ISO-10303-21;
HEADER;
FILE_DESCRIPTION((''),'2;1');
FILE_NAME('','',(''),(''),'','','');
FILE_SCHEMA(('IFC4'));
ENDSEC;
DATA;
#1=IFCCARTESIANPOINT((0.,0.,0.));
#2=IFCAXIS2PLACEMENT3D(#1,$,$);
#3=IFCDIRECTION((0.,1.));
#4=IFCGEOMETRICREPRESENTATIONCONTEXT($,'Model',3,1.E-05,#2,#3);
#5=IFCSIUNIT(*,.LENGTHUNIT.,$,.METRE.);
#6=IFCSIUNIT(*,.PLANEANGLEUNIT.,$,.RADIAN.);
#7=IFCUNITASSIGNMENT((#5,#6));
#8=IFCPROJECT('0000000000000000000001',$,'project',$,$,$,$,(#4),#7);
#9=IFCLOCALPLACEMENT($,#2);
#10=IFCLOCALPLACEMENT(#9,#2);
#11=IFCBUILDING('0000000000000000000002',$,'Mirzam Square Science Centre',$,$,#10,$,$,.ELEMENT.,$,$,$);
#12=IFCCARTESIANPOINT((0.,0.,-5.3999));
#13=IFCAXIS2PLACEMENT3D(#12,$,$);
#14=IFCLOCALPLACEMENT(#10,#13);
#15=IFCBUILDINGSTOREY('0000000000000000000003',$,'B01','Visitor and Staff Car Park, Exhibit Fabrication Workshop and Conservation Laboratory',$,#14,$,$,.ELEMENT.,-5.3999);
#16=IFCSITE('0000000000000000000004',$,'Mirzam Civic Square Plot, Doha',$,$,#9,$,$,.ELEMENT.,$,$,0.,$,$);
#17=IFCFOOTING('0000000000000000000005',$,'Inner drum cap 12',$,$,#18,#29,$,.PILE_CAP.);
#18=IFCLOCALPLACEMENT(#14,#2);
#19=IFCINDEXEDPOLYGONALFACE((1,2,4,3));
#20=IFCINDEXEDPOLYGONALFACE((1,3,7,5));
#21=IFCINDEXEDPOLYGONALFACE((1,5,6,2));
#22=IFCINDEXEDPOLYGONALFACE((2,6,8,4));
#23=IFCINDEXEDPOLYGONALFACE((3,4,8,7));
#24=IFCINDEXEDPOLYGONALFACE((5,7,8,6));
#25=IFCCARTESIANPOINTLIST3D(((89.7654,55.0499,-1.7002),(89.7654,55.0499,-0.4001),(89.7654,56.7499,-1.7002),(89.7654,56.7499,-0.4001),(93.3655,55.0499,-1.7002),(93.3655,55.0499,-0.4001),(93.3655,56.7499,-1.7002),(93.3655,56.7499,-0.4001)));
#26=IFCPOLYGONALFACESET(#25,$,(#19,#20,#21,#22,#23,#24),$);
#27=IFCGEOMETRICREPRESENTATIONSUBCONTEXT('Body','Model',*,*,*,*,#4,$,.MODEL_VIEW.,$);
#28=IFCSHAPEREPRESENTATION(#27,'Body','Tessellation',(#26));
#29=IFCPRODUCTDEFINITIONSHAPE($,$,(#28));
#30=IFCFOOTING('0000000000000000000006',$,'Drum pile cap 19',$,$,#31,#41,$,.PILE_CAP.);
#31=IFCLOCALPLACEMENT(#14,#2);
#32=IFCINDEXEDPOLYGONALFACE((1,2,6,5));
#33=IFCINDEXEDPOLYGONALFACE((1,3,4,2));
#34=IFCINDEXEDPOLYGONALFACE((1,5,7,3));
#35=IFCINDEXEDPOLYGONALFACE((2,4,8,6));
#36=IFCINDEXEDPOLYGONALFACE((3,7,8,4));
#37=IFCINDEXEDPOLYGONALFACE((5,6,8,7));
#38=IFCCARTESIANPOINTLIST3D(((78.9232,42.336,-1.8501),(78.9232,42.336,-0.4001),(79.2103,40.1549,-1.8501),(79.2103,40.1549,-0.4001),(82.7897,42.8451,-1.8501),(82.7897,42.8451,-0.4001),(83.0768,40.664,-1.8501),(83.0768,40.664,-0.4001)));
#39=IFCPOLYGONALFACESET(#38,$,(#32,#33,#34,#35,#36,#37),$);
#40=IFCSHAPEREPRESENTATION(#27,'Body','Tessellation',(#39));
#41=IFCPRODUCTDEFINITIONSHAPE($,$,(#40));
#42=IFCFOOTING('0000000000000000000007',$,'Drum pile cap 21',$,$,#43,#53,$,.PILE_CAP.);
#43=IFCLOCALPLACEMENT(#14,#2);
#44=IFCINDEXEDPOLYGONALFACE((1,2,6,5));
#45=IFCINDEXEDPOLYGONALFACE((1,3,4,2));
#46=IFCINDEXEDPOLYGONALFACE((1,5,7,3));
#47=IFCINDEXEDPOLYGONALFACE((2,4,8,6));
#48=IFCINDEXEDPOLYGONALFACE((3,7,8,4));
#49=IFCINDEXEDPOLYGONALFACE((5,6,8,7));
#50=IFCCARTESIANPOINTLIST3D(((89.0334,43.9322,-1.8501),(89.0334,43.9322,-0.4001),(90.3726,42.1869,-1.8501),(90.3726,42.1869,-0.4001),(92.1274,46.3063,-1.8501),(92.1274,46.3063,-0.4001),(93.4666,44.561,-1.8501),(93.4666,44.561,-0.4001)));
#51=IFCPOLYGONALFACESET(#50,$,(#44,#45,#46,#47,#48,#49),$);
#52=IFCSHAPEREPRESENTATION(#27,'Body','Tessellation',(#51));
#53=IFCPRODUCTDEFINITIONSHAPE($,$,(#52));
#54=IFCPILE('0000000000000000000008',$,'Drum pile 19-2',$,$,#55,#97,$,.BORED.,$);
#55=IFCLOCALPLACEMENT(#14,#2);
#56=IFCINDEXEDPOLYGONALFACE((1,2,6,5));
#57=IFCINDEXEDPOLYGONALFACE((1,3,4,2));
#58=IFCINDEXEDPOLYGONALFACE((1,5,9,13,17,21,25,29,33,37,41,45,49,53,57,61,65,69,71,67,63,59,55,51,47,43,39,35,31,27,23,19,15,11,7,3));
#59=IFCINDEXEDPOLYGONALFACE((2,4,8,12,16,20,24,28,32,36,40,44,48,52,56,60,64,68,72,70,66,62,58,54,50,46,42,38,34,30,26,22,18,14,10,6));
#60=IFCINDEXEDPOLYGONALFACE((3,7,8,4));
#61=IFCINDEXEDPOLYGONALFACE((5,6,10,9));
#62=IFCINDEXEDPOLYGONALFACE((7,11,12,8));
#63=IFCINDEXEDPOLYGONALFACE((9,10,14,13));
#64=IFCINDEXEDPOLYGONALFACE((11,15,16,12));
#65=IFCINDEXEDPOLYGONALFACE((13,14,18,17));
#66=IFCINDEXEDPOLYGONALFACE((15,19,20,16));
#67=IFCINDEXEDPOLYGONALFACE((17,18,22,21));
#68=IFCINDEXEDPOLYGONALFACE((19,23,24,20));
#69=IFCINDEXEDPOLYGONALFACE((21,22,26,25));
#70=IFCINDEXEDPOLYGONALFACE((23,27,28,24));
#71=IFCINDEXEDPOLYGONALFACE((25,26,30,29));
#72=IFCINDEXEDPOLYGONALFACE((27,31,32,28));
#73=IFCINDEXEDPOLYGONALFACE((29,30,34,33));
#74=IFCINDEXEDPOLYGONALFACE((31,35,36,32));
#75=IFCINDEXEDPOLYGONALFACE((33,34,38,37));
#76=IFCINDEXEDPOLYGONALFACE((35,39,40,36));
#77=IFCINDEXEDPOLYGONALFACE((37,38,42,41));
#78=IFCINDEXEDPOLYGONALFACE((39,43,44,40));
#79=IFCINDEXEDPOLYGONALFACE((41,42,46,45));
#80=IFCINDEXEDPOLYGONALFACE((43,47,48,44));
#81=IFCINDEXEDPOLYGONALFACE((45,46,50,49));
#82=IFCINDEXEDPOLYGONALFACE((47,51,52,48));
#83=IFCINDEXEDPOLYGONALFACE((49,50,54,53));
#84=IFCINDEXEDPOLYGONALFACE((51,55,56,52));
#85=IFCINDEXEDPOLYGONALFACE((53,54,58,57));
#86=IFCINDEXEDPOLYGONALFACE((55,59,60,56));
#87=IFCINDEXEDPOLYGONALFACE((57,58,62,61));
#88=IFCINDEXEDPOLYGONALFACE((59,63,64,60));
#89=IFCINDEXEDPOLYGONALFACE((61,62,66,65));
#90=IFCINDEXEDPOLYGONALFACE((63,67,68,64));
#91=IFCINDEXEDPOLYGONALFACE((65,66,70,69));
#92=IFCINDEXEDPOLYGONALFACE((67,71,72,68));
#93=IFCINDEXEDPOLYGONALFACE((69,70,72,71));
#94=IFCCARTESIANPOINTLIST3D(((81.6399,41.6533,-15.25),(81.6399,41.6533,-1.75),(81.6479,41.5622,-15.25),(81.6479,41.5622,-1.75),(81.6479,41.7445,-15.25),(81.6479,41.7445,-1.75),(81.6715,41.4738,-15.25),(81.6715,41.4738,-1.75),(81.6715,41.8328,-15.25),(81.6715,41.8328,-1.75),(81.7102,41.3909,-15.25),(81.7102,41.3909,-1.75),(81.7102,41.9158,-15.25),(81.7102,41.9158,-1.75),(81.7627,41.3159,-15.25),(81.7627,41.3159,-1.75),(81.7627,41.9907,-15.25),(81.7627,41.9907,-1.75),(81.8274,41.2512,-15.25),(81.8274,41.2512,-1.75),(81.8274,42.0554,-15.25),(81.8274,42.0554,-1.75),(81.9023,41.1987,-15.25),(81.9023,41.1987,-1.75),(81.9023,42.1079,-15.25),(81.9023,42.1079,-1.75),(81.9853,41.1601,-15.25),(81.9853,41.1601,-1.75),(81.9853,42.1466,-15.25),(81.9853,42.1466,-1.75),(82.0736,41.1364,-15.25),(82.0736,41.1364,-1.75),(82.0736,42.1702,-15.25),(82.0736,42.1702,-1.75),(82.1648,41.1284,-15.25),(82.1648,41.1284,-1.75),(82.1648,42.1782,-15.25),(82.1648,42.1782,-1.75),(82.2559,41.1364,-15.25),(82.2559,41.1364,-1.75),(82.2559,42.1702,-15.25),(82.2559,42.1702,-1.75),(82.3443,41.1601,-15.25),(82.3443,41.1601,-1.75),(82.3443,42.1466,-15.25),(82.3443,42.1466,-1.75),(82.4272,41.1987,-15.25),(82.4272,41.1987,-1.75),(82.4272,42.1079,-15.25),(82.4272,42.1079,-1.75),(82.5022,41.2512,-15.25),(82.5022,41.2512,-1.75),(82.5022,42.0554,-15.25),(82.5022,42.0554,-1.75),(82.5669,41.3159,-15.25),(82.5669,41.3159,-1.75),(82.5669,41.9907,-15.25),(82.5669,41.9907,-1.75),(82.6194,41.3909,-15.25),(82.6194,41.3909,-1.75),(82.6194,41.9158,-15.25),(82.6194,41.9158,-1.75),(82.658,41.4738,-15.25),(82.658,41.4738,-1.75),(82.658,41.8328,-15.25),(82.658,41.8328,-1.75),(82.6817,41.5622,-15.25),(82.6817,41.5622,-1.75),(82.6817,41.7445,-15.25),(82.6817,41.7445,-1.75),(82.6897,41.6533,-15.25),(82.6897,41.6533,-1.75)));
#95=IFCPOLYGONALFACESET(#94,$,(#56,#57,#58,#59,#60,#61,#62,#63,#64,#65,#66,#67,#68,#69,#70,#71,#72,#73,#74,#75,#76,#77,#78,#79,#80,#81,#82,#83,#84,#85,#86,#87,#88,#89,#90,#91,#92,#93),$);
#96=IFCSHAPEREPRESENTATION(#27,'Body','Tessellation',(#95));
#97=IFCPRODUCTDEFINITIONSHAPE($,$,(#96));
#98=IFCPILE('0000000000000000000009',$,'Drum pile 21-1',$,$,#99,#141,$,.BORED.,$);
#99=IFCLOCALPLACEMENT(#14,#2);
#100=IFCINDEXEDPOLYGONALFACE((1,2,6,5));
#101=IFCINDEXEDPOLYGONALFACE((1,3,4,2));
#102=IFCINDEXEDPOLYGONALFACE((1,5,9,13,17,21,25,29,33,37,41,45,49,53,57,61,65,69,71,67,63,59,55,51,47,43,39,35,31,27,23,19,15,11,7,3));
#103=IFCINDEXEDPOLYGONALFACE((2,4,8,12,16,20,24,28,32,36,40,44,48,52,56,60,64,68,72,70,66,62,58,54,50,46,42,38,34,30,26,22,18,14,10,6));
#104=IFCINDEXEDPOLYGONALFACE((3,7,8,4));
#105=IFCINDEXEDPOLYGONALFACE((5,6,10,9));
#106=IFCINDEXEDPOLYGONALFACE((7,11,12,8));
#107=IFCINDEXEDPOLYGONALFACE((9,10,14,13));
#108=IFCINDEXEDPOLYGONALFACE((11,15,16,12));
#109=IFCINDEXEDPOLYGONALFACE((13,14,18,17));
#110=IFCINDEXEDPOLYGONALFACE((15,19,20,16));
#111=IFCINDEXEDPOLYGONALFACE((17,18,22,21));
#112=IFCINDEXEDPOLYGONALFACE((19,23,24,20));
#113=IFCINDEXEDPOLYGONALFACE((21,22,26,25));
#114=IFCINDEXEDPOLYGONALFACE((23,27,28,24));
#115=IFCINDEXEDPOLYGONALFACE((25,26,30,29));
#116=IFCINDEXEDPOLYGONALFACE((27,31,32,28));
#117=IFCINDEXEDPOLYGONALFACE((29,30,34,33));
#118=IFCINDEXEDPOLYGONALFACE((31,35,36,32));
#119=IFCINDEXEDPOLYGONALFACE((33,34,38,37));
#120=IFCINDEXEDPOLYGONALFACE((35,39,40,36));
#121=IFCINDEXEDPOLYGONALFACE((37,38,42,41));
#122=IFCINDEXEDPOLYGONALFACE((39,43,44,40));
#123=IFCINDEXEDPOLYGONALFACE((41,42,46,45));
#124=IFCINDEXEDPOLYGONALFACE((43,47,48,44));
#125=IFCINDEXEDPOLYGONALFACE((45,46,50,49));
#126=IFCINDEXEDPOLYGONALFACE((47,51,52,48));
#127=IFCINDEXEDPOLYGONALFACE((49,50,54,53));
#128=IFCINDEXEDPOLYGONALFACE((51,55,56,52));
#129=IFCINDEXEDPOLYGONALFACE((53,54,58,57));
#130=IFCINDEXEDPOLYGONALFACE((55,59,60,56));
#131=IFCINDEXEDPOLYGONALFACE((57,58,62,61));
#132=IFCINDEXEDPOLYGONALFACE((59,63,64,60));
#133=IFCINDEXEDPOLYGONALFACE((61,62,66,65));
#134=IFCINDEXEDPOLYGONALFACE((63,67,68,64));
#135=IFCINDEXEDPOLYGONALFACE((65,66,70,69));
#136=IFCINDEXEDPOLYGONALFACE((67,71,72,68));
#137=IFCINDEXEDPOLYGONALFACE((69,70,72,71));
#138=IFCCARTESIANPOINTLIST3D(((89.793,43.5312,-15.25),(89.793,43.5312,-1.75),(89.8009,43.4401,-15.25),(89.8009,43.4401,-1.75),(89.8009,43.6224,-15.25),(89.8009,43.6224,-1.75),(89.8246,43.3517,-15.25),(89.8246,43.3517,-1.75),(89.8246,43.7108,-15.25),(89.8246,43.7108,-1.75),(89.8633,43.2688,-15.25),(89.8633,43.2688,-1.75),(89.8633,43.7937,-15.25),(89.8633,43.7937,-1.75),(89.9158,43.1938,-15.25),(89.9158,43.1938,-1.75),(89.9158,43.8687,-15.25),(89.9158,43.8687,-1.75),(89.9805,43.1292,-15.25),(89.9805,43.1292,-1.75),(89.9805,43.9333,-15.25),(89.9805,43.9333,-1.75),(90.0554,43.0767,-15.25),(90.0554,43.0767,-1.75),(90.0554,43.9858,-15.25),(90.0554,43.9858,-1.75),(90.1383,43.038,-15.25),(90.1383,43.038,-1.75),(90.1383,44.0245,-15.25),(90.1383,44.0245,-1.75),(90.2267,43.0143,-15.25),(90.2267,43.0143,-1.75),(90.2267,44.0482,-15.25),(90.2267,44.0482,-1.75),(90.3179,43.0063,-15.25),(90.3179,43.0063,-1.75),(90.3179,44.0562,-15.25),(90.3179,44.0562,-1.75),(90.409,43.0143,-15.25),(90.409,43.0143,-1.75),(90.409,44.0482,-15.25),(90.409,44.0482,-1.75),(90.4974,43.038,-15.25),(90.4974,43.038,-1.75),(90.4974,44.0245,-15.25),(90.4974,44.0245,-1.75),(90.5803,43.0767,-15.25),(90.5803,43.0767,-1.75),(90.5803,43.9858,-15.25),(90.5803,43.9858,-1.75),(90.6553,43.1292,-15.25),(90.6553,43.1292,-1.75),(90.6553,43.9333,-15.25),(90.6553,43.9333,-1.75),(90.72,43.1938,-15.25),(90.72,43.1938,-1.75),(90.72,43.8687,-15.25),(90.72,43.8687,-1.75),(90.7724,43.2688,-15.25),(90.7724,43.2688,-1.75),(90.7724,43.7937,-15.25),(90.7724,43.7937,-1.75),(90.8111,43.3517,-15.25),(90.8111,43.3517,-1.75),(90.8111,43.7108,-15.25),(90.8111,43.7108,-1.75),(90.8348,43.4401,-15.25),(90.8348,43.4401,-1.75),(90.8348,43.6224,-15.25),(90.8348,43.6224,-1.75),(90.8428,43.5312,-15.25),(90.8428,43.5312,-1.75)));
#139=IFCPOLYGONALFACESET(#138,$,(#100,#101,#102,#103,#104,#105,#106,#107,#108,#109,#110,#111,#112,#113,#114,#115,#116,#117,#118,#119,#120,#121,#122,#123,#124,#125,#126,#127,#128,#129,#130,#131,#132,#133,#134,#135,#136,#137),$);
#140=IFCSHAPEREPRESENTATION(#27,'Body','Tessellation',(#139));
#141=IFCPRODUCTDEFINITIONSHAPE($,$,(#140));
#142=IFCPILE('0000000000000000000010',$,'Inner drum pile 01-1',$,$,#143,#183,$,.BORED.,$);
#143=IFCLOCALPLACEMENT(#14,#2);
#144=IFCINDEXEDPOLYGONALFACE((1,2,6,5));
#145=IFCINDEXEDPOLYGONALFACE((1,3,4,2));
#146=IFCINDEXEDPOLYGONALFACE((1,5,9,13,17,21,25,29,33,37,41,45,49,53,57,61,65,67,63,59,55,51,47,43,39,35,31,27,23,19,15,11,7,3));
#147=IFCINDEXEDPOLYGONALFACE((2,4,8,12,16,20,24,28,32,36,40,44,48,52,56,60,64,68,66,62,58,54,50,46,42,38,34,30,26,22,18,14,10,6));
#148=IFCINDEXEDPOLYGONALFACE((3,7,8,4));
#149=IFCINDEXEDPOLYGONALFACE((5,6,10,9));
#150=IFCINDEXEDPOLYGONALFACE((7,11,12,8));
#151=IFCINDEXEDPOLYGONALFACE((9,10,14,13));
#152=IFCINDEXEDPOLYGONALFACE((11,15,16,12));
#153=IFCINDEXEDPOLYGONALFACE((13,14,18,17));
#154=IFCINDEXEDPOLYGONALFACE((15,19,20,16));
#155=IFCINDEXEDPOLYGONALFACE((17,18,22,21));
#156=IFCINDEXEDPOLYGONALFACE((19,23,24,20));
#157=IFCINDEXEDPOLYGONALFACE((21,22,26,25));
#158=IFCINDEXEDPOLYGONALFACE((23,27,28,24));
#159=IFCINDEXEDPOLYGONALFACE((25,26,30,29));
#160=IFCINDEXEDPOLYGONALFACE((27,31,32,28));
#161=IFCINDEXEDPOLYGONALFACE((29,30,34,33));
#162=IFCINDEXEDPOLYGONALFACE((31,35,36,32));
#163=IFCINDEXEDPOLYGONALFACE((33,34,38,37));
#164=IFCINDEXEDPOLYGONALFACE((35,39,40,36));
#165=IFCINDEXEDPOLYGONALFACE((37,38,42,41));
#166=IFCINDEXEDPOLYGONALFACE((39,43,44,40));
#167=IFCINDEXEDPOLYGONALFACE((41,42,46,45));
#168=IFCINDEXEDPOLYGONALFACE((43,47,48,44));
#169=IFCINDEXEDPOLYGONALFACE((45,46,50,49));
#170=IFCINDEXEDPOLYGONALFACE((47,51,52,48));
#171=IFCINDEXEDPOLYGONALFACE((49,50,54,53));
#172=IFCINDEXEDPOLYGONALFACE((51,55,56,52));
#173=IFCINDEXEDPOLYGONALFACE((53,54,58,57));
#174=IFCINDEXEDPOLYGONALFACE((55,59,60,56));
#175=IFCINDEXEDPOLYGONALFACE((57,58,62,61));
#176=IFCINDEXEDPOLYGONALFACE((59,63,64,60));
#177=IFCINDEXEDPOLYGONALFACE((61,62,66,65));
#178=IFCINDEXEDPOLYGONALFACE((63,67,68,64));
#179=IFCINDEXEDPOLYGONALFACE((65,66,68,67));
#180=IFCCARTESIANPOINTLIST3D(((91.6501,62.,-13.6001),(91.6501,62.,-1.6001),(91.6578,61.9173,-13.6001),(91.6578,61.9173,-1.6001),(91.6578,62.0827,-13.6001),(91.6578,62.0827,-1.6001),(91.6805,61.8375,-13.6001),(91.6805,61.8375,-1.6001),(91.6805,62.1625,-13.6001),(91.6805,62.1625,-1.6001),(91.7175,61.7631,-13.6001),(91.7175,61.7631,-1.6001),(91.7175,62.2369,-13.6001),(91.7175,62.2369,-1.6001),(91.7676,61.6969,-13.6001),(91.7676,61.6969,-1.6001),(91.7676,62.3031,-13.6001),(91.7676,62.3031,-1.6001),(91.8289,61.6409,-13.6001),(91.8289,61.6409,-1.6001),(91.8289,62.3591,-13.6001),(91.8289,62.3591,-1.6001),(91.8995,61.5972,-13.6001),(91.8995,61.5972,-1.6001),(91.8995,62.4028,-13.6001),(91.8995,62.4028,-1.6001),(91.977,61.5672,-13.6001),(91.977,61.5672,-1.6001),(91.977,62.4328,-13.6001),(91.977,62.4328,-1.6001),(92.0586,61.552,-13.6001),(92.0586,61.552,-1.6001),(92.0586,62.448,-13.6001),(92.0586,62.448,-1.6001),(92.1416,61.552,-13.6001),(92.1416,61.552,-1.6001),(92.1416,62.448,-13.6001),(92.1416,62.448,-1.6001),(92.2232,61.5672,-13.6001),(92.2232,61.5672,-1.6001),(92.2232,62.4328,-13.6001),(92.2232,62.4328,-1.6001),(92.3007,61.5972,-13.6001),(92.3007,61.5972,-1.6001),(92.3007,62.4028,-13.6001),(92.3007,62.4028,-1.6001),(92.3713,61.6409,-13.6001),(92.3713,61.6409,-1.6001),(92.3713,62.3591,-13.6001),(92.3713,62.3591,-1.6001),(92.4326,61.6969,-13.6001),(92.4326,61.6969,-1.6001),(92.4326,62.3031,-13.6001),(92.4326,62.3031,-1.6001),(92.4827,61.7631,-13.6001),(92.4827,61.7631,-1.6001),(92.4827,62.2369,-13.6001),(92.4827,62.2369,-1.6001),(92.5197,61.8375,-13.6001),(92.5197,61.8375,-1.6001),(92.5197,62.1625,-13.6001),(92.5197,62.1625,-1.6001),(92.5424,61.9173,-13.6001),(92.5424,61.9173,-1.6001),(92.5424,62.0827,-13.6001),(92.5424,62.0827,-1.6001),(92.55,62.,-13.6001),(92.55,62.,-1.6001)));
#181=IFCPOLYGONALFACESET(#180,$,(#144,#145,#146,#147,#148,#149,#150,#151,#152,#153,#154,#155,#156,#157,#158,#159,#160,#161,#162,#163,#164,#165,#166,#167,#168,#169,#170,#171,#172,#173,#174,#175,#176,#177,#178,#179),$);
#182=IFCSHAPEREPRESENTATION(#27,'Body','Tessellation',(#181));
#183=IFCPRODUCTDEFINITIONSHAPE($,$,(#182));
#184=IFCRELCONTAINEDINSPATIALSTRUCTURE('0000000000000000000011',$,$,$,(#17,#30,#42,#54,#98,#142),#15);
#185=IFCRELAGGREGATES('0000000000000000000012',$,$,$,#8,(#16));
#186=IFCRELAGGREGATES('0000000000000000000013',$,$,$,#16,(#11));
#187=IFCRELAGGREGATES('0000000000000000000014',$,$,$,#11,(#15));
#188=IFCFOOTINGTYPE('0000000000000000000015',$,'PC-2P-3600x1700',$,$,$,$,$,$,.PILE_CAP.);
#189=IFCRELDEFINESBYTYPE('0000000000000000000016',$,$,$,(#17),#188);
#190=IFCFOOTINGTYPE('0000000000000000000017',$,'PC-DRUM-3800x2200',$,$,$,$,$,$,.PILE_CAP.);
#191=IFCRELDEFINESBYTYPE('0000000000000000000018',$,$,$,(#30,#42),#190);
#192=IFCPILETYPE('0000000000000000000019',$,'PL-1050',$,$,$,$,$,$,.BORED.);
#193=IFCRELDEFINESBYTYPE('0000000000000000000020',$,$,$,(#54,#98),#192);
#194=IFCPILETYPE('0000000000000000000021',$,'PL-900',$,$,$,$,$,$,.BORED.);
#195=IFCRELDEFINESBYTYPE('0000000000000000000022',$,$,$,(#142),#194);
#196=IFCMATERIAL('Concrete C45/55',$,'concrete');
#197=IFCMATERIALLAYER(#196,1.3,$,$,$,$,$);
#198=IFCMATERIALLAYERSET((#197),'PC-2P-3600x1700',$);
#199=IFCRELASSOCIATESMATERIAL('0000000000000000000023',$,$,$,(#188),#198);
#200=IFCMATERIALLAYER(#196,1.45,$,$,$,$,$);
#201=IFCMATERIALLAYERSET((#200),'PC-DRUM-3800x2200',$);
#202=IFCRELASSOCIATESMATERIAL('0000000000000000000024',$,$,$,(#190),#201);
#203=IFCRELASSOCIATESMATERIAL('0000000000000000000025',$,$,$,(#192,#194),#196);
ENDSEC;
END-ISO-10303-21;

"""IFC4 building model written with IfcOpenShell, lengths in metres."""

from ifc_helpers import new_model, si_unit, direction, frame, origin, origin_2d, place, context, subcontext, project, spatial, rectangle, circle, extrude, material, layer, layer_set, material_profile, profile_set, type_object, element, save


model = new_model("IFC4")

# Units and contexts
model_context = context("Model", 3, precision=1e-05, world=origin(), true_north=direction((0.0, 1.0)))
body_context = subcontext(model_context, "Body", "Model", "MODEL_VIEW")
ifc_project = project(units=[si_unit("LENGTHUNIT", "METRE"), si_unit("PLANEANGLEUNIT", "RADIAN")], contexts=[model_context])

# Site, building, storey
site_placement = place(None, origin())
site = spatial("IfcSite", under=ifc_project, at=site_placement, Name="Mirzam Civic Square Plot, Doha", CompositionType="ELEMENT", RefElevation=0.0)
building_placement = place(site_placement, origin())
building = spatial("IfcBuilding", under=site, at=building_placement, Name="Mirzam Square Science Centre", CompositionType="ELEMENT")
storey_placement = place(building_placement, frame((0.0, 0.0, -5.3999)))
storey = spatial("IfcBuildingStorey", under=building, at=storey_placement, Name="B01", Description="Visitor and Staff Car Park, Exhibit Fabrication Workshop and Conservation Laboratory", CompositionType="ELEMENT", Elevation=-5.3999)

# Footings
ifc_material_1 = material(Name="Concrete C45/55", Category="concrete")
ifc_layer_1 = layer(ifc_material_1, 1.3)
ifc_layer_set_1 = layer_set([ifc_layer_1], Name="PC-2P-3600x1700")
footing_type_1 = type_object("IfcFootingType", Name="PC-2P-3600x1700", PredefinedType="PILE_CAP", material=ifc_layer_set_1)
footing_placement = place(storey_placement, frame((91.5654, 55.8999, -1.7002), z_axis=(0.0, 0.0, 1.0), x_axis=(1.0, 0.0, 0.0)))
element("IfcFooting", 1, at=footing_placement, inside=storey, type_object=footing_type_1, Name="Inner drum cap 12", PredefinedType="PILE_CAP", context=body_context, shape_type="SweptSolid", body=[
    extrude(rectangle(XDim=3.6001, YDim=1.7, at=origin_2d()), origin(), (0.0, 0.0, 1.0), 1.3),
])
ifc_layer_2 = layer(ifc_material_1, 1.45)
ifc_layer_set_2 = layer_set([ifc_layer_2], Name="PC-DRUM-3800x2200")
footing_type_2 = type_object("IfcFootingType", Name="PC-DRUM-3800x2200", PredefinedType="PILE_CAP", material=ifc_layer_set_2)
for number, where, z_axis, x_axis, name in (
    (2, (81.0, 41.5, -1.8501), (0.0, 0.0, 1.0), (0.991445, 0.130526, 0.0), "Drum pile cap 19"),
    (3, (91.25, 44.2466, -1.8501), (0.0, 0.0, 1.0), (0.793353, 0.608761, 0.0), "Drum pile cap 21"),
):
    element("IfcFooting", number, at=place(storey_placement, frame(where, z_axis=z_axis, x_axis=x_axis)), inside=storey, type_object=footing_type_2, Name=name, PredefinedType="PILE_CAP", context=body_context, shape_type="SweptSolid", body=[
        extrude(rectangle(XDim=3.8999, YDim=2.2, at=origin_2d()), origin(), (0.0, 0.0, 1.0), 1.45),
    ])

# Piles
ifc_material_profile_1 = material_profile(ifc_material_1, circle(Radius=0.5249, at=origin_2d()), Name="PILE-D1050")
ifc_profile_set_1 = profile_set([ifc_material_profile_1], Name="Concrete C45/55")
pile_type_1 = type_object("IfcPileType", Name="PL-1050", PredefinedType="BORED", material=ifc_profile_set_1)
for number, where, z_axis, x_axis, name in (
    (4, (82.1648, 41.6533, -1.75), (0.0, 0.0, -1.0), (1.0, 0.0, 0.0), "Drum pile 19-2"),
    (5, (90.3179, 43.5312, -1.75), (0.0, 0.0, -1.0), (1.0, 0.0, 0.0), "Drum pile 21-1"),
):
    element("IfcPile", number, at=place(storey_placement, frame(where, z_axis=z_axis, x_axis=x_axis)), inside=storey, type_object=pile_type_1, Name=name, PredefinedType="BORED", context=body_context, shape_type="SweptSolid", body=[
        extrude(circle(Radius=0.5249, at=origin_2d()), origin(), (0.0, 0.0, 1.0), 13.5),
    ])
ifc_material_profile_2 = material_profile(ifc_material_1, circle(Radius=0.45, at=origin_2d()), Name="PILE-D900")
ifc_profile_set_2 = profile_set([ifc_material_profile_2], Name="Concrete C45/55")
pile_type_2 = type_object("IfcPileType", Name="PL-900", PredefinedType="BORED", material=ifc_profile_set_2)
for number, where, z_axis, x_axis, name in (
    (6, (92.1001, 62.0, -1.6001), (0.0, 0.0, -1.0), (1.0, 0.0, 0.0), "Inner drum pile 01-1"),
):
    element("IfcPile", number, at=place(storey_placement, frame(where, z_axis=z_axis, x_axis=x_axis)), inside=storey, type_object=pile_type_2, Name=name, PredefinedType="BORED", context=body_context, shape_type="SweptSolid", body=[
        extrude(circle(Radius=0.45, at=origin_2d()), origin(), (0.0, 0.0, 1.0), 12.0),
    ])

save(model, "model.ifc")
